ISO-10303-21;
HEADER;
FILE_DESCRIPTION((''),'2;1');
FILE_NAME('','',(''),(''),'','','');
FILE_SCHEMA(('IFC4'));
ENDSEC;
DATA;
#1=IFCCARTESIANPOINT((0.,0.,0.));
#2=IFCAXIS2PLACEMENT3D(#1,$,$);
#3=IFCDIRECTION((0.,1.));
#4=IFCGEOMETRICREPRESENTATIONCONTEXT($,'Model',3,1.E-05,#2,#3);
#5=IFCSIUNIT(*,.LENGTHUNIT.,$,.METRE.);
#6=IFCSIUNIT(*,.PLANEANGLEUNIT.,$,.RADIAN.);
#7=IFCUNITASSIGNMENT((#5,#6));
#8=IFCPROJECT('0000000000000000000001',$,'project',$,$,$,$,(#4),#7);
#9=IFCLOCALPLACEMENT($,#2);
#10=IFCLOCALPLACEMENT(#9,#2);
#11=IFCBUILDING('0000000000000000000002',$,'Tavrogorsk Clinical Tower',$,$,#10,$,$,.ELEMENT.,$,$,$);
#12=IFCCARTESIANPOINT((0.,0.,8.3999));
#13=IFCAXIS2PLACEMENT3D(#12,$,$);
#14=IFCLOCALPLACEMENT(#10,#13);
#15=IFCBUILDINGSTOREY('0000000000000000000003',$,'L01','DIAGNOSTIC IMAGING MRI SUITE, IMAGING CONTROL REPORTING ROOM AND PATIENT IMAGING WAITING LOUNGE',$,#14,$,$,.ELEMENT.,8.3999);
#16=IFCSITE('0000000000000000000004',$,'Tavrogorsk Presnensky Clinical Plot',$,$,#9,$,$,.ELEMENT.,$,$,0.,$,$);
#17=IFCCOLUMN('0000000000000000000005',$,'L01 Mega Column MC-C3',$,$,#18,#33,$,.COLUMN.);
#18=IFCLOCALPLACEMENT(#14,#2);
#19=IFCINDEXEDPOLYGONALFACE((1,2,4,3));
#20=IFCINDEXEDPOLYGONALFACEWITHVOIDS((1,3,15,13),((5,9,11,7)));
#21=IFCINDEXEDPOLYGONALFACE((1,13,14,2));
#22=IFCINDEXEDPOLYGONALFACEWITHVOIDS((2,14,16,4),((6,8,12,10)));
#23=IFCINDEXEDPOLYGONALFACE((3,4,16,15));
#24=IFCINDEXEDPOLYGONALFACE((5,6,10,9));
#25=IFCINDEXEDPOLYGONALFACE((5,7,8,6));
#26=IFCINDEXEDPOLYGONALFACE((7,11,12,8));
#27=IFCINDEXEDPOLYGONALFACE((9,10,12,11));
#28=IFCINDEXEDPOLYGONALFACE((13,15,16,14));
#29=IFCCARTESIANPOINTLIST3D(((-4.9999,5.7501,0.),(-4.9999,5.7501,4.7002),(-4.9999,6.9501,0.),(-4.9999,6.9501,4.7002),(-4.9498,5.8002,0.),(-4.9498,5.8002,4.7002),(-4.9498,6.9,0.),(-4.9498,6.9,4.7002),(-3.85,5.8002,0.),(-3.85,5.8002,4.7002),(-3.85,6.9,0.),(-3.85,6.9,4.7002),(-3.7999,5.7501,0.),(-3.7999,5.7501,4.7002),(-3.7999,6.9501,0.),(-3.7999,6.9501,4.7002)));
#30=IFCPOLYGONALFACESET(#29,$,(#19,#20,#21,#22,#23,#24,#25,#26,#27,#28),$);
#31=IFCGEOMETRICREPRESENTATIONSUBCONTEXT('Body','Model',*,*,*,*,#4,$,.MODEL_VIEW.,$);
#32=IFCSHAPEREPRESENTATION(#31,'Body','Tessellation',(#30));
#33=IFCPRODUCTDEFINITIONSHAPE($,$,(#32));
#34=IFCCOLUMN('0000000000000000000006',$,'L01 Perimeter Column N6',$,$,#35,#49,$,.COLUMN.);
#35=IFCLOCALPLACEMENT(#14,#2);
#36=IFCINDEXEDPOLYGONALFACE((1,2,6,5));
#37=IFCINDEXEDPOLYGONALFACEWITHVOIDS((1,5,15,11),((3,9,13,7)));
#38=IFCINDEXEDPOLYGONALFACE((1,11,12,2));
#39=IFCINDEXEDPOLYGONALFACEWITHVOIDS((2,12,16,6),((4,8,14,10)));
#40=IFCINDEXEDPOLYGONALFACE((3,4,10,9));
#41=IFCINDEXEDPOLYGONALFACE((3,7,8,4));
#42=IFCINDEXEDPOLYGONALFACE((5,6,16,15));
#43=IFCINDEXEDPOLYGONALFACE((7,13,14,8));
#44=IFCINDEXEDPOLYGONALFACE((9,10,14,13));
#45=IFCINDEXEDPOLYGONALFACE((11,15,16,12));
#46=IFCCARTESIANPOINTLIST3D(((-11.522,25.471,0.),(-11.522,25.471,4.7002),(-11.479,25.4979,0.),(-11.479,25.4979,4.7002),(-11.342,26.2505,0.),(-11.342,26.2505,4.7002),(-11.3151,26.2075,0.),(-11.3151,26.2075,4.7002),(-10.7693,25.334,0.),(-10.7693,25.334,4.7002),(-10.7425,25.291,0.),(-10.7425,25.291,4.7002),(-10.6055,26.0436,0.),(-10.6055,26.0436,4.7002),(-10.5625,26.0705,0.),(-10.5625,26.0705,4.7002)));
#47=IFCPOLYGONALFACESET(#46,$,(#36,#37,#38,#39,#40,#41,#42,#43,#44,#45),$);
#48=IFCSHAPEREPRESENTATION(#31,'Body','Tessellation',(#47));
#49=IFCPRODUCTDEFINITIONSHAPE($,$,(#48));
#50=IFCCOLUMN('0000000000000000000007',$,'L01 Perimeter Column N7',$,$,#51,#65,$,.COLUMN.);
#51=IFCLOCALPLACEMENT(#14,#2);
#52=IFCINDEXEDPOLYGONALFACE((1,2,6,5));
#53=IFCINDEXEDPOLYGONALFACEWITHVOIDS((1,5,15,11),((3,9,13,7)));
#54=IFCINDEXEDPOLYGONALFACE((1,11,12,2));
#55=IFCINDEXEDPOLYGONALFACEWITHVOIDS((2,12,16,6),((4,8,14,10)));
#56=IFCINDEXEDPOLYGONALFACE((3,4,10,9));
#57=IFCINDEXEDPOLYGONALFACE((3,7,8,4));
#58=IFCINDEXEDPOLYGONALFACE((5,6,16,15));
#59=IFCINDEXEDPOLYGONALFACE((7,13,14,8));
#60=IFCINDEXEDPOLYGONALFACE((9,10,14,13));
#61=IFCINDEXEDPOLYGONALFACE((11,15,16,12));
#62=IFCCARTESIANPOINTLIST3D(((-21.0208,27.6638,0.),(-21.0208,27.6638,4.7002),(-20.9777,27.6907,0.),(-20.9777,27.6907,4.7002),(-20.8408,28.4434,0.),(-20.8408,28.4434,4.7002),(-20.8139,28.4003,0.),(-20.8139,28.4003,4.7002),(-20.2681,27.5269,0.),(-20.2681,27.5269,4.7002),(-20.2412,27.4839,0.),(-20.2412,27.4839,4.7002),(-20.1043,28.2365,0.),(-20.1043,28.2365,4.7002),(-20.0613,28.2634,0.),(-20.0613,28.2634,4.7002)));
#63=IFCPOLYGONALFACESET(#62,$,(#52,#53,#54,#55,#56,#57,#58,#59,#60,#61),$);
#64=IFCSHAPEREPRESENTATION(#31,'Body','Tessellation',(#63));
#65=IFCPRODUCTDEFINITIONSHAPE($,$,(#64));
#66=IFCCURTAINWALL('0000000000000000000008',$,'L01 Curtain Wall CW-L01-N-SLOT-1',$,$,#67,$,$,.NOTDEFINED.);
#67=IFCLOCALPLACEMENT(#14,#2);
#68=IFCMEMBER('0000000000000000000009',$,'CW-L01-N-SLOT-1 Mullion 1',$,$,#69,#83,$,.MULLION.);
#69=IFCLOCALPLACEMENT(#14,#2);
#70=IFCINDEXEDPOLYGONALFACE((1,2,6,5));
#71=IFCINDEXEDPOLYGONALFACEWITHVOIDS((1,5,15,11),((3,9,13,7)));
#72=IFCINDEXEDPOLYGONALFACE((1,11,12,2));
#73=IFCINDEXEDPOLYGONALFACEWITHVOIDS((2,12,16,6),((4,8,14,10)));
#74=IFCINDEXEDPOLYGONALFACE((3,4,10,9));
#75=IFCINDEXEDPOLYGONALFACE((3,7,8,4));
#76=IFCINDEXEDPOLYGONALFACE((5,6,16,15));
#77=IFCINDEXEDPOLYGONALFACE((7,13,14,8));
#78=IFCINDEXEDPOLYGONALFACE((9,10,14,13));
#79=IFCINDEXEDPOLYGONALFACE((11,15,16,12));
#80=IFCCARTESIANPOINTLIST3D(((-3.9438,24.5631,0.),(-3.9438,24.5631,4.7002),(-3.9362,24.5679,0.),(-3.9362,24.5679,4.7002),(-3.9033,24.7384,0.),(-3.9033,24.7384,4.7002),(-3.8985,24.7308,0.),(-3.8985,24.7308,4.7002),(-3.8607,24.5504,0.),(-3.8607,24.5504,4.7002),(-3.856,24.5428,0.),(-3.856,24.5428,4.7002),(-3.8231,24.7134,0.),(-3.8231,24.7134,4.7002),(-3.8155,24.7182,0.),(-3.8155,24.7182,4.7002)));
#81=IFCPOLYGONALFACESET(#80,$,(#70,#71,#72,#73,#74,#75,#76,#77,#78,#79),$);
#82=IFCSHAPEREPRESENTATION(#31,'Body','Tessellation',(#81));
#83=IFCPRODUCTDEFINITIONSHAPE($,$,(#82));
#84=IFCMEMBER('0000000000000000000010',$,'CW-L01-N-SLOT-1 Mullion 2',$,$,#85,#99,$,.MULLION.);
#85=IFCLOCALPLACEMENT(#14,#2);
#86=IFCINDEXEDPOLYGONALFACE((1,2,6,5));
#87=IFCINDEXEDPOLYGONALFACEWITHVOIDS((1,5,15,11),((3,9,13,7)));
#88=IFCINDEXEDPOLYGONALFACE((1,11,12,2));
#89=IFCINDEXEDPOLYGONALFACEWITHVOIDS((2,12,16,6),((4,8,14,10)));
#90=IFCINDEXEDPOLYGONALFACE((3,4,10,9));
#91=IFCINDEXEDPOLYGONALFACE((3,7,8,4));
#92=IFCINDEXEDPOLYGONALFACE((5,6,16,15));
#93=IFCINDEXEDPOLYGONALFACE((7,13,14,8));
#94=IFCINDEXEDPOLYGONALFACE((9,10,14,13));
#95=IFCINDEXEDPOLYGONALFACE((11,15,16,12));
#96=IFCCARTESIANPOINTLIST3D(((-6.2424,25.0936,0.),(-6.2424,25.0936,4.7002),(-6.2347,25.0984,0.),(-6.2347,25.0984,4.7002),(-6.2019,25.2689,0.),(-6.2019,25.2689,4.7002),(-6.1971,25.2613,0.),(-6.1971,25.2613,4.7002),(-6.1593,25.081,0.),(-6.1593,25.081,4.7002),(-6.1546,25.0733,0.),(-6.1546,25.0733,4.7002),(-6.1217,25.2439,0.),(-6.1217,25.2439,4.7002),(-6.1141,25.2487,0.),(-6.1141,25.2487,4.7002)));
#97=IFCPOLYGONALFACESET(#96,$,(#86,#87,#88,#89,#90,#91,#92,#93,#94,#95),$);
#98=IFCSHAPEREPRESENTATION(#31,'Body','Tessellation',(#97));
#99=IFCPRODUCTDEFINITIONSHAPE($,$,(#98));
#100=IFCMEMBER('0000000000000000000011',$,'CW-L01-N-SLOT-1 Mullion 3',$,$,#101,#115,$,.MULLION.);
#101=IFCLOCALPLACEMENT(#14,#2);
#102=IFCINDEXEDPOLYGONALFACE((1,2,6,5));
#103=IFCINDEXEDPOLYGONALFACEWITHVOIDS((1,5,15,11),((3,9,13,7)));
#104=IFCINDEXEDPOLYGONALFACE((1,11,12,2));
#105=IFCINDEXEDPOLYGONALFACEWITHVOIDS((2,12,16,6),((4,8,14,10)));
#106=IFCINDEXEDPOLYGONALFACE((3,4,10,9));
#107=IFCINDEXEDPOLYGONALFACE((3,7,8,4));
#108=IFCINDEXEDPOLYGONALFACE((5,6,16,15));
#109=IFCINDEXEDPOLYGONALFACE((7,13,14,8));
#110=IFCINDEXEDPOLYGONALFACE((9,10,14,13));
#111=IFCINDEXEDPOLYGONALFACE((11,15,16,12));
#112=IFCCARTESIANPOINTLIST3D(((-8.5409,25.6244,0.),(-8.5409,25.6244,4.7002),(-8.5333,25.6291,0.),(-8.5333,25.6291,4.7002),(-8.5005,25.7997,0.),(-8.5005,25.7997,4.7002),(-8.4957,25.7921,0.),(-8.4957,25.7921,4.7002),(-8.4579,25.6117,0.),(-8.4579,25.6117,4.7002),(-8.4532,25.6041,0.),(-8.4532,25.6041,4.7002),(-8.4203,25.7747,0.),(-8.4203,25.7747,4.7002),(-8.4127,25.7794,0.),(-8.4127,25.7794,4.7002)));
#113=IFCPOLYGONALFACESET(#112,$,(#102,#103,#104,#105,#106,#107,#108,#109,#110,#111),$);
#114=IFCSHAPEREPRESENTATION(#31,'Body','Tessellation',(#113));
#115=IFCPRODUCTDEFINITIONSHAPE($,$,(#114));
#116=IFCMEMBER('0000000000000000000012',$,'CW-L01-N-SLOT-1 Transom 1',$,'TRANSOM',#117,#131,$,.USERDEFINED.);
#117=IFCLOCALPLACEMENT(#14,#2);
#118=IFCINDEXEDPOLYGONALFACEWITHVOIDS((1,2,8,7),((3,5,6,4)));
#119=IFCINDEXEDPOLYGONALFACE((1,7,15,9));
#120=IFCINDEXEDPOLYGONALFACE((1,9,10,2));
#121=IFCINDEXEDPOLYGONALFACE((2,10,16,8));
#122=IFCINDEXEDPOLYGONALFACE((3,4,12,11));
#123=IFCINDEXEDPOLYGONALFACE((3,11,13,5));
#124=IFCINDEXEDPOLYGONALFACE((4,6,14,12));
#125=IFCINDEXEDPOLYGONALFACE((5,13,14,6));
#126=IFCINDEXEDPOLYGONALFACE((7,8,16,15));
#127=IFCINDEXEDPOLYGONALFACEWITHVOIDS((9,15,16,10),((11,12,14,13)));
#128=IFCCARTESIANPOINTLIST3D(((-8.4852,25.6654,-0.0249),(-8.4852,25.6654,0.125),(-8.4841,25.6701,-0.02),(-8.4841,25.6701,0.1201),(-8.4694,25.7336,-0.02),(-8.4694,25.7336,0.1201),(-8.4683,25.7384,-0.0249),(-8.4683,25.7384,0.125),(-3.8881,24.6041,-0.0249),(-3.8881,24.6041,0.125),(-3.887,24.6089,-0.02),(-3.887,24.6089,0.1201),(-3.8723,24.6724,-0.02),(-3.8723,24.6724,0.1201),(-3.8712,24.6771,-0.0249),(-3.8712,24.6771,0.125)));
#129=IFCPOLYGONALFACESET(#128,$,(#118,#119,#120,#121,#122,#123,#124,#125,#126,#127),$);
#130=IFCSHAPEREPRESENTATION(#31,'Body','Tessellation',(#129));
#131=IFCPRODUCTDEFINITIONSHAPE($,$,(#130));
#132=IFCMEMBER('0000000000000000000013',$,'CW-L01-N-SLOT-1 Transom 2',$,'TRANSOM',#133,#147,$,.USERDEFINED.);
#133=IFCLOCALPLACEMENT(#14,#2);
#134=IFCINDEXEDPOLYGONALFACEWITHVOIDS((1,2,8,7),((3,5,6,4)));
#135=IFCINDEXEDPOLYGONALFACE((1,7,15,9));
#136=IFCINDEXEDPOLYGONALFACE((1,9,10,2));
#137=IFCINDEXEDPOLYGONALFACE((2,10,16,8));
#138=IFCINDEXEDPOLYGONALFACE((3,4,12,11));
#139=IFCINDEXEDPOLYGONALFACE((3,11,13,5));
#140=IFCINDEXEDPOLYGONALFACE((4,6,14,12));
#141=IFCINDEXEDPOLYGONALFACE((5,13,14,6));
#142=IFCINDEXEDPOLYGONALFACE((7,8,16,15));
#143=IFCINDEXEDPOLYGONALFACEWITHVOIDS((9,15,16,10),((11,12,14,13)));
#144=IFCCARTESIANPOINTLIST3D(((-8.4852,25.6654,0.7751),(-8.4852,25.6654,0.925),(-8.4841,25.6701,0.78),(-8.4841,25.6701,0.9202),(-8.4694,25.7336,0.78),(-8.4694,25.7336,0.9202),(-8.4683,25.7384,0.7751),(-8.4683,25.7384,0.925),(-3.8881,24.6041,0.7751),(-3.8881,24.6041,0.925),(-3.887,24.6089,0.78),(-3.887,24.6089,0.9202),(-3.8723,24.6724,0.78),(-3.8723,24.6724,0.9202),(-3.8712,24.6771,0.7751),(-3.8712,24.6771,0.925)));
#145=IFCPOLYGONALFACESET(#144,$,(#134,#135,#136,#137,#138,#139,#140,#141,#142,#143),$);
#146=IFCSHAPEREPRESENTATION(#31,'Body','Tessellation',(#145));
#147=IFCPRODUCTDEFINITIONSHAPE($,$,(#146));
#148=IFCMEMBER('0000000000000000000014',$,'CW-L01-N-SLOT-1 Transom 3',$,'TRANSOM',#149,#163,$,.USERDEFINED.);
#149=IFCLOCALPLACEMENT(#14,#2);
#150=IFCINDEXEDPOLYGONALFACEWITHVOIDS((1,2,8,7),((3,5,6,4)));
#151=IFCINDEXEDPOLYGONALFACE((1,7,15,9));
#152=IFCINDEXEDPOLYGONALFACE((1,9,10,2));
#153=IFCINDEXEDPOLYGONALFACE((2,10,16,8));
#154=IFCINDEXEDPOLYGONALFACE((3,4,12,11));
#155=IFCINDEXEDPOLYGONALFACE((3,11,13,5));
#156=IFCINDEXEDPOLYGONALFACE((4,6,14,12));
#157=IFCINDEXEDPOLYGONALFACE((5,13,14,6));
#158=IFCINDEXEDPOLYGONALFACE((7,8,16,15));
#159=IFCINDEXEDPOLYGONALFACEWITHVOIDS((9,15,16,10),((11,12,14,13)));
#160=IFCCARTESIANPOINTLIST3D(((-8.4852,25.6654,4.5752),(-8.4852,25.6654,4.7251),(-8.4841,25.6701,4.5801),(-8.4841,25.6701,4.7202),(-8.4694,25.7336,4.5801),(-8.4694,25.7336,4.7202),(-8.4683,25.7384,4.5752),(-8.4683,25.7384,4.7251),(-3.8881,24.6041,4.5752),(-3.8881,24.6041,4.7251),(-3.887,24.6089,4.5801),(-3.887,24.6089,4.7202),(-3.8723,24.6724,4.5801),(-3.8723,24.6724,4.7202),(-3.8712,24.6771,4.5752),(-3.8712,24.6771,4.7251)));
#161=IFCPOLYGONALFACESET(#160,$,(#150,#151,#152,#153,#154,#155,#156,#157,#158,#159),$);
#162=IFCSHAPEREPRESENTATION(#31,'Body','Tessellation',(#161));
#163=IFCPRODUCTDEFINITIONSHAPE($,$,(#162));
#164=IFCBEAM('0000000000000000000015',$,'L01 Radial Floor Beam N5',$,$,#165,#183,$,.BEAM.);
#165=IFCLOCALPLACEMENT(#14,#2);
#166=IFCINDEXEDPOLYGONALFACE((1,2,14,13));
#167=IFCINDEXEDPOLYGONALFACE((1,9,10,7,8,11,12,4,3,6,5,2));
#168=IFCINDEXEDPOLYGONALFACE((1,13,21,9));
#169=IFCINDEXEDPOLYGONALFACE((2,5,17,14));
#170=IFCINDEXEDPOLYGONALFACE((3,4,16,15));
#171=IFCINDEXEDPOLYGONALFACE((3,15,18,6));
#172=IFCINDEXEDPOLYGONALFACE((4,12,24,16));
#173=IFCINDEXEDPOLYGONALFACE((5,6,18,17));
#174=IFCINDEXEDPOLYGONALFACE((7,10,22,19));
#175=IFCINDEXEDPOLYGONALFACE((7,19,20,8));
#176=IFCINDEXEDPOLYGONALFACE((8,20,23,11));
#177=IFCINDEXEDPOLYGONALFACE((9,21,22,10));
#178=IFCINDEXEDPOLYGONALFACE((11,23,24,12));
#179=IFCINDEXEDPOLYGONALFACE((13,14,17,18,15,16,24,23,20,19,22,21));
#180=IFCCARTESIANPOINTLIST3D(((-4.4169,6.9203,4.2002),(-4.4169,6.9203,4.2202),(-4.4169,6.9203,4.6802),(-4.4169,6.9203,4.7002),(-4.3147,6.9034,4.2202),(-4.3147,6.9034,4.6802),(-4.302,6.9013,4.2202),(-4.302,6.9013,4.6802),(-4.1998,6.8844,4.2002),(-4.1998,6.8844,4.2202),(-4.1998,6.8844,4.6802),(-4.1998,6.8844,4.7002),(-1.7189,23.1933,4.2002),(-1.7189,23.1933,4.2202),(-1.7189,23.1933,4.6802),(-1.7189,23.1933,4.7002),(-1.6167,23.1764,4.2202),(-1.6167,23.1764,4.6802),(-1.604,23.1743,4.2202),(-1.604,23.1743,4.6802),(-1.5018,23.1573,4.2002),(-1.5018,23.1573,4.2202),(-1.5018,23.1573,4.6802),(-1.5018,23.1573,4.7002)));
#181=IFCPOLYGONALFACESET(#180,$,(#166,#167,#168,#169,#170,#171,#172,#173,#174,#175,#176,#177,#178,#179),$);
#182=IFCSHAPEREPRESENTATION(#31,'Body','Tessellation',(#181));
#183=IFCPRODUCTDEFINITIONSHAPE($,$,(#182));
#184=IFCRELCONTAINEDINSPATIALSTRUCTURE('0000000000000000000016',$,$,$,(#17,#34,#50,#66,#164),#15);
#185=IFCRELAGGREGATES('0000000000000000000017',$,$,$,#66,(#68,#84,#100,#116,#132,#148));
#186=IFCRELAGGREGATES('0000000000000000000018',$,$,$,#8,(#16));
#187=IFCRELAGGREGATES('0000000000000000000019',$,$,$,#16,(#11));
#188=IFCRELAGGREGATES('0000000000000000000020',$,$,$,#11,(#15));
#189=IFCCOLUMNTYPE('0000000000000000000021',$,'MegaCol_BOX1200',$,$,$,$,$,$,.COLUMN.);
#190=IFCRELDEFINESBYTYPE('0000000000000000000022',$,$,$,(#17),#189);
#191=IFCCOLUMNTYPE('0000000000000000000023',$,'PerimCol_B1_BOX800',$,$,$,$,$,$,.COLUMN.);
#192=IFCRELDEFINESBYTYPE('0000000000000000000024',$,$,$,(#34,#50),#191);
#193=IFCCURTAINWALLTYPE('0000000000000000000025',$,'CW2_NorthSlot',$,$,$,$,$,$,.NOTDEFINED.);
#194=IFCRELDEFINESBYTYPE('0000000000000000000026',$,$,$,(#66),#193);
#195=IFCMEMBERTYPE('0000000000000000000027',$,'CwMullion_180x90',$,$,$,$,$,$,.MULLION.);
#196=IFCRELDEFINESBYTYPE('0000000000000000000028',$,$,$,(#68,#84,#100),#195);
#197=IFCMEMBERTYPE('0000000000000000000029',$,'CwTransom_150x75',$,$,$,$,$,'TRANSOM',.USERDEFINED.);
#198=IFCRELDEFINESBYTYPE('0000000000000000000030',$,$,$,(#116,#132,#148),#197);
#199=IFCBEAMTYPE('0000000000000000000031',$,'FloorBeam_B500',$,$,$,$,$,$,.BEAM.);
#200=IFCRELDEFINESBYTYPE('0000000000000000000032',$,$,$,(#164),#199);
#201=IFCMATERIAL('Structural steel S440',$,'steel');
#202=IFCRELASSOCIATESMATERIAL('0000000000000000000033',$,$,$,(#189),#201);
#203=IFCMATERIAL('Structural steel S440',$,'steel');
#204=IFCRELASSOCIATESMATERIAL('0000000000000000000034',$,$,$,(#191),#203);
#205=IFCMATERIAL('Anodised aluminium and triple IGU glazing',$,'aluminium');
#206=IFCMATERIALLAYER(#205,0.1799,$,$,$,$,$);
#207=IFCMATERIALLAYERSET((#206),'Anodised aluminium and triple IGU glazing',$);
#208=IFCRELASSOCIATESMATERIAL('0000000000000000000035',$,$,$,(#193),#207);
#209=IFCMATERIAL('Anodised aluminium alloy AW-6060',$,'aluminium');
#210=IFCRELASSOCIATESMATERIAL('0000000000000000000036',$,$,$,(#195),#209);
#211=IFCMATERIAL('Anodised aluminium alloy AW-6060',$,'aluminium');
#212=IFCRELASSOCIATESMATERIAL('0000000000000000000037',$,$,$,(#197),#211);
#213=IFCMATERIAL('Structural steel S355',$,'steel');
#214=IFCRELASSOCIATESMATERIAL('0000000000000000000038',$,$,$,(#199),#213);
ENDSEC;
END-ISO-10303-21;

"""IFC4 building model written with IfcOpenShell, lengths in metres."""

from ifc_helpers import new_model, si_unit, direction, frame, origin, origin_2d, place, context, subcontext, project, spatial, hollow_rectangle, i_section, extrude, material, layer, layer_set, material_profile, profile_set, type_object, element, aggregate, save


model = new_model("IFC4")

# Units and contexts
model_context = context("Model", 3, precision=1e-05, world=origin(), true_north=direction((0.0, 1.0)))
body_context = subcontext(model_context, "Body", "Model", "MODEL_VIEW")
ifc_project = project(units=[si_unit("LENGTHUNIT", "METRE"), si_unit("PLANEANGLEUNIT", "RADIAN")], contexts=[model_context])

# Site, building, storey
site_placement = place(None, origin())
site = spatial("IfcSite", under=ifc_project, at=site_placement, Name="Tavrogorsk Presnensky Clinical Plot", CompositionType="ELEMENT", RefElevation=0.0)
building_placement = place(site_placement, origin())
building = spatial("IfcBuilding", under=site, at=building_placement, Name="Tavrogorsk Clinical Tower", CompositionType="ELEMENT")
storey_placement = place(building_placement, frame((0.0, 0.0, 8.3999)))
storey = spatial("IfcBuildingStorey", under=building, at=storey_placement, Name="L01", Description="DIAGNOSTIC IMAGING MRI SUITE, IMAGING CONTROL REPORTING ROOM AND PATIENT IMAGING WAITING LOUNGE", CompositionType="ELEMENT", Elevation=8.3999)

# Columns
ifc_material_1 = material(Name="Structural steel S440", Category="steel")
ifc_material_profile_1 = material_profile(ifc_material_1, hollow_rectangle(XDim=1.2, YDim=1.2, WallThickness=0.05, at=origin_2d()), Name="BOX-1200x1200x50")
ifc_profile_set_1 = profile_set([ifc_material_profile_1], Name="Structural steel S440")
column_type_1 = type_object("IfcColumnType", Name="MegaCol_BOX1200", PredefinedType="COLUMN", material=ifc_profile_set_1)
column_placement = place(storey_placement, frame((-4.3999, 6.3501, 0.0), z_axis=(0.0, 0.0, 1.0), x_axis=(1.0, 0.0, 0.0)))
element("IfcColumn", 1, at=column_placement, inside=storey, type_object=column_type_1, Name="L01 Mega Column MC-C3", PredefinedType="COLUMN", context=body_context, shape_type="SweptSolid", body=[
    extrude(hollow_rectangle(XDim=1.2, YDim=1.2, WallThickness=0.05, at=origin_2d()), origin(), (0.0, 0.0, 1.0), 4.7002),
])
ifc_material_2 = material(Name="Structural steel S440", Category="steel")
ifc_material_profile_2 = material_profile(ifc_material_2, hollow_rectangle(XDim=0.8, YDim=0.8, WallThickness=0.0359, at=origin_2d()), Name="BOX-800x800x36")
ifc_profile_set_2 = profile_set([ifc_material_profile_2], Name="Structural steel S440")
column_type_2 = type_object("IfcColumnType", Name="PerimCol_B1_BOX800", PredefinedType="COLUMN", material=ifc_profile_set_2)
for number, where, z_axis, x_axis, name in (
    (2, (-11.0422, 25.7708, 0.0), (0.0, 0.0, 1.0), (0.97437, -0.224951, 0.0), "L01 Perimeter Column N6"),
    (3, (-20.541, 27.9636, 0.0), (0.0, 0.0, 1.0), (0.97437, -0.224951, 0.0), "L01 Perimeter Column N7"),
):
    element("IfcColumn", number, at=place(storey_placement, frame(where, z_axis=z_axis, x_axis=x_axis)), inside=storey, type_object=column_type_2, Name=name, PredefinedType="COLUMN", context=body_context, shape_type="SweptSolid", body=[
        extrude(hollow_rectangle(XDim=0.8, YDim=0.8, WallThickness=0.0359, at=origin_2d()), origin(), (0.0, 0.0, 1.0), 4.7002),
    ])

# Curtain wall, members
ifc_material_3 = material(Name="Anodised aluminium and triple IGU glazing", Category="aluminium")
ifc_layer_1 = layer(ifc_material_3, 0.1799)
ifc_layer_set_1 = layer_set([ifc_layer_1], Name="Anodised aluminium and triple IGU glazing")
curtain_wall_type = type_object("IfcCurtainWallType", Name="CW2_NorthSlot", PredefinedType="NOTDEFINED", material=ifc_layer_set_1)
curtain_wall_placement = place(storey_placement, origin())
curtain_wall = element("IfcCurtainWall", 4, at=curtain_wall_placement, inside=storey, type_object=curtain_wall_type, Name="L01 Curtain Wall CW-L01-N-SLOT-1", PredefinedType="NOTDEFINED")
ifc_material_4 = material(Name="Anodised aluminium alloy AW-6060", Category="aluminium")
ifc_material_profile_3 = material_profile(ifc_material_4, hollow_rectangle(XDim=0.0901, YDim=0.1799, WallThickness=0.0063, at=origin_2d()), Name="RHS-180x90x6.3")
ifc_profile_set_3 = profile_set([ifc_material_profile_3], Name="Anodised aluminium alloy AW-6060")
member_type_1 = type_object("IfcMemberType", Name="CwMullion_180x90", PredefinedType="MULLION", material=ifc_profile_set_3)
member_1_placement = place(storey_placement, frame((-3.8796, 24.6406, 0.0), z_axis=(0.0, 0.0, 1.0), x_axis=(-0.97437, 0.224951, 0.0)))
member_1 = element("IfcMember", 5, at=member_1_placement, type_object=member_type_1, Name="CW-L01-N-SLOT-1 Mullion 1", PredefinedType="MULLION", context=body_context, shape_type="SweptSolid", body=[
    extrude(hollow_rectangle(XDim=0.0901, YDim=0.1799, WallThickness=0.0063, at=origin_2d()), origin(), (0.0, 0.0, 1.0), 4.7002),
])
member_2_placement = place(storey_placement, frame((-6.1782, 25.1711, 0.0), z_axis=(0.0, 0.0, 1.0), x_axis=(-0.97437, 0.224951, 0.0)))
member_2 = element("IfcMember", 6, at=member_2_placement, type_object=member_type_1, Name="CW-L01-N-SLOT-1 Mullion 2", PredefinedType="MULLION", context=body_context, shape_type="SweptSolid", body=[
    extrude(hollow_rectangle(XDim=0.0901, YDim=0.1799, WallThickness=0.0063, at=origin_2d()), origin(), (0.0, 0.0, 1.0), 4.7002),
])
member_3_placement = place(storey_placement, frame((-8.4768, 25.7019, 0.0), z_axis=(0.0, 0.0, 1.0), x_axis=(-0.97437, 0.224951, 0.0)))
member_3 = element("IfcMember", 7, at=member_3_placement, type_object=member_type_1, Name="CW-L01-N-SLOT-1 Mullion 3", PredefinedType="MULLION", context=body_context, shape_type="SweptSolid", body=[
    extrude(hollow_rectangle(XDim=0.0901, YDim=0.1799, WallThickness=0.0063, at=origin_2d()), origin(), (0.0, 0.0, 1.0), 4.7002),
])
ifc_material_5 = material(Name="Anodised aluminium alloy AW-6060", Category="aluminium")
ifc_material_profile_4 = material_profile(ifc_material_5, hollow_rectangle(XDim=0.075, YDim=0.1499, WallThickness=0.0049, at=origin_2d()), Name="RHS-150x75x5")
ifc_profile_set_4 = profile_set([ifc_material_profile_4], Name="Anodised aluminium alloy AW-6060")
member_type_2 = type_object("IfcMemberType", Name="CwTransom_150x75", ElementType="TRANSOM", PredefinedType="USERDEFINED", material=ifc_profile_set_4)
member_4_placement = place(storey_placement, frame((-3.8796, 24.6406, 0.05), z_axis=(-0.974373, 0.224939, 0.0), x_axis=(-0.224939, -0.974373, 0.0)))
member_4 = element("IfcMember", 8, at=member_4_placement, type_object=member_type_2, Name="CW-L01-N-SLOT-1 Transom 1", ObjectType="TRANSOM", PredefinedType="USERDEFINED", context=body_context, shape_type="SweptSolid", body=[
    extrude(hollow_rectangle(XDim=0.075, YDim=0.1499, WallThickness=0.0049, at=origin_2d()), origin(), (0.0, 0.0, 1.0), 4.718),
])
member_5_placement = place(storey_placement, frame((-3.8796, 24.6406, 0.8501), z_axis=(-0.974373, 0.224939, 0.0), x_axis=(-0.224939, -0.974373, 0.0)))
member_5 = element("IfcMember", 9, at=member_5_placement, type_object=member_type_2, Name="CW-L01-N-SLOT-1 Transom 2", ObjectType="TRANSOM", PredefinedType="USERDEFINED", context=body_context, shape_type="SweptSolid", body=[
    extrude(hollow_rectangle(XDim=0.075, YDim=0.1499, WallThickness=0.0049, at=origin_2d()), origin(), (0.0, 0.0, 1.0), 4.718),
])
member_6_placement = place(storey_placement, frame((-3.8796, 24.6406, 4.6501), z_axis=(-0.974373, 0.224939, 0.0), x_axis=(-0.224939, -0.974373, 0.0)))
member_6 = element("IfcMember", 10, at=member_6_placement, type_object=member_type_2, Name="CW-L01-N-SLOT-1 Transom 3", ObjectType="TRANSOM", PredefinedType="USERDEFINED", context=body_context, shape_type="SweptSolid", body=[
    extrude(hollow_rectangle(XDim=0.075, YDim=0.1499, WallThickness=0.0049, at=origin_2d()), origin(), (0.0, 0.0, 1.0), 4.718),
])

# Beam
ifc_material_6 = material(Name="Structural steel S355", Category="steel")
ifc_material_profile_5 = material_profile(ifc_material_6, i_section(OverallWidth=0.22, OverallDepth=0.5, WebThickness=0.0129, FlangeThickness=0.02, at=origin_2d()), Name="B-500x220x13x20")
ifc_profile_set_5 = profile_set([ifc_material_profile_5], Name="Structural steel S355")
beam_type_1 = type_object("IfcBeamType", Name="FloorBeam_B500", PredefinedType="BEAM", material=ifc_profile_set_5)
beam_1_placement = place(storey_placement, frame((-4.3083, 6.9023, 4.4502), z_axis=(0.163564, 0.986533, 0.0), x_axis=(-0.986533, 0.163564, 0.0)))
element("IfcBeam", 11, at=beam_1_placement, inside=storey, type_object=beam_type_1, Name="L01 Radial Floor Beam N5", PredefinedType="BEAM", context=body_context, shape_type="SweptSolid", body=[
    extrude(i_section(OverallWidth=0.22, OverallDepth=0.5, WebThickness=0.0129, FlangeThickness=0.02, at=origin_2d()), origin(), (0.0, 0.0, 1.0), 16.4951),
])

aggregate(curtain_wall, [member_1, member_2, member_3, member_4, member_5, member_6])

save(model, "model.ifc")
